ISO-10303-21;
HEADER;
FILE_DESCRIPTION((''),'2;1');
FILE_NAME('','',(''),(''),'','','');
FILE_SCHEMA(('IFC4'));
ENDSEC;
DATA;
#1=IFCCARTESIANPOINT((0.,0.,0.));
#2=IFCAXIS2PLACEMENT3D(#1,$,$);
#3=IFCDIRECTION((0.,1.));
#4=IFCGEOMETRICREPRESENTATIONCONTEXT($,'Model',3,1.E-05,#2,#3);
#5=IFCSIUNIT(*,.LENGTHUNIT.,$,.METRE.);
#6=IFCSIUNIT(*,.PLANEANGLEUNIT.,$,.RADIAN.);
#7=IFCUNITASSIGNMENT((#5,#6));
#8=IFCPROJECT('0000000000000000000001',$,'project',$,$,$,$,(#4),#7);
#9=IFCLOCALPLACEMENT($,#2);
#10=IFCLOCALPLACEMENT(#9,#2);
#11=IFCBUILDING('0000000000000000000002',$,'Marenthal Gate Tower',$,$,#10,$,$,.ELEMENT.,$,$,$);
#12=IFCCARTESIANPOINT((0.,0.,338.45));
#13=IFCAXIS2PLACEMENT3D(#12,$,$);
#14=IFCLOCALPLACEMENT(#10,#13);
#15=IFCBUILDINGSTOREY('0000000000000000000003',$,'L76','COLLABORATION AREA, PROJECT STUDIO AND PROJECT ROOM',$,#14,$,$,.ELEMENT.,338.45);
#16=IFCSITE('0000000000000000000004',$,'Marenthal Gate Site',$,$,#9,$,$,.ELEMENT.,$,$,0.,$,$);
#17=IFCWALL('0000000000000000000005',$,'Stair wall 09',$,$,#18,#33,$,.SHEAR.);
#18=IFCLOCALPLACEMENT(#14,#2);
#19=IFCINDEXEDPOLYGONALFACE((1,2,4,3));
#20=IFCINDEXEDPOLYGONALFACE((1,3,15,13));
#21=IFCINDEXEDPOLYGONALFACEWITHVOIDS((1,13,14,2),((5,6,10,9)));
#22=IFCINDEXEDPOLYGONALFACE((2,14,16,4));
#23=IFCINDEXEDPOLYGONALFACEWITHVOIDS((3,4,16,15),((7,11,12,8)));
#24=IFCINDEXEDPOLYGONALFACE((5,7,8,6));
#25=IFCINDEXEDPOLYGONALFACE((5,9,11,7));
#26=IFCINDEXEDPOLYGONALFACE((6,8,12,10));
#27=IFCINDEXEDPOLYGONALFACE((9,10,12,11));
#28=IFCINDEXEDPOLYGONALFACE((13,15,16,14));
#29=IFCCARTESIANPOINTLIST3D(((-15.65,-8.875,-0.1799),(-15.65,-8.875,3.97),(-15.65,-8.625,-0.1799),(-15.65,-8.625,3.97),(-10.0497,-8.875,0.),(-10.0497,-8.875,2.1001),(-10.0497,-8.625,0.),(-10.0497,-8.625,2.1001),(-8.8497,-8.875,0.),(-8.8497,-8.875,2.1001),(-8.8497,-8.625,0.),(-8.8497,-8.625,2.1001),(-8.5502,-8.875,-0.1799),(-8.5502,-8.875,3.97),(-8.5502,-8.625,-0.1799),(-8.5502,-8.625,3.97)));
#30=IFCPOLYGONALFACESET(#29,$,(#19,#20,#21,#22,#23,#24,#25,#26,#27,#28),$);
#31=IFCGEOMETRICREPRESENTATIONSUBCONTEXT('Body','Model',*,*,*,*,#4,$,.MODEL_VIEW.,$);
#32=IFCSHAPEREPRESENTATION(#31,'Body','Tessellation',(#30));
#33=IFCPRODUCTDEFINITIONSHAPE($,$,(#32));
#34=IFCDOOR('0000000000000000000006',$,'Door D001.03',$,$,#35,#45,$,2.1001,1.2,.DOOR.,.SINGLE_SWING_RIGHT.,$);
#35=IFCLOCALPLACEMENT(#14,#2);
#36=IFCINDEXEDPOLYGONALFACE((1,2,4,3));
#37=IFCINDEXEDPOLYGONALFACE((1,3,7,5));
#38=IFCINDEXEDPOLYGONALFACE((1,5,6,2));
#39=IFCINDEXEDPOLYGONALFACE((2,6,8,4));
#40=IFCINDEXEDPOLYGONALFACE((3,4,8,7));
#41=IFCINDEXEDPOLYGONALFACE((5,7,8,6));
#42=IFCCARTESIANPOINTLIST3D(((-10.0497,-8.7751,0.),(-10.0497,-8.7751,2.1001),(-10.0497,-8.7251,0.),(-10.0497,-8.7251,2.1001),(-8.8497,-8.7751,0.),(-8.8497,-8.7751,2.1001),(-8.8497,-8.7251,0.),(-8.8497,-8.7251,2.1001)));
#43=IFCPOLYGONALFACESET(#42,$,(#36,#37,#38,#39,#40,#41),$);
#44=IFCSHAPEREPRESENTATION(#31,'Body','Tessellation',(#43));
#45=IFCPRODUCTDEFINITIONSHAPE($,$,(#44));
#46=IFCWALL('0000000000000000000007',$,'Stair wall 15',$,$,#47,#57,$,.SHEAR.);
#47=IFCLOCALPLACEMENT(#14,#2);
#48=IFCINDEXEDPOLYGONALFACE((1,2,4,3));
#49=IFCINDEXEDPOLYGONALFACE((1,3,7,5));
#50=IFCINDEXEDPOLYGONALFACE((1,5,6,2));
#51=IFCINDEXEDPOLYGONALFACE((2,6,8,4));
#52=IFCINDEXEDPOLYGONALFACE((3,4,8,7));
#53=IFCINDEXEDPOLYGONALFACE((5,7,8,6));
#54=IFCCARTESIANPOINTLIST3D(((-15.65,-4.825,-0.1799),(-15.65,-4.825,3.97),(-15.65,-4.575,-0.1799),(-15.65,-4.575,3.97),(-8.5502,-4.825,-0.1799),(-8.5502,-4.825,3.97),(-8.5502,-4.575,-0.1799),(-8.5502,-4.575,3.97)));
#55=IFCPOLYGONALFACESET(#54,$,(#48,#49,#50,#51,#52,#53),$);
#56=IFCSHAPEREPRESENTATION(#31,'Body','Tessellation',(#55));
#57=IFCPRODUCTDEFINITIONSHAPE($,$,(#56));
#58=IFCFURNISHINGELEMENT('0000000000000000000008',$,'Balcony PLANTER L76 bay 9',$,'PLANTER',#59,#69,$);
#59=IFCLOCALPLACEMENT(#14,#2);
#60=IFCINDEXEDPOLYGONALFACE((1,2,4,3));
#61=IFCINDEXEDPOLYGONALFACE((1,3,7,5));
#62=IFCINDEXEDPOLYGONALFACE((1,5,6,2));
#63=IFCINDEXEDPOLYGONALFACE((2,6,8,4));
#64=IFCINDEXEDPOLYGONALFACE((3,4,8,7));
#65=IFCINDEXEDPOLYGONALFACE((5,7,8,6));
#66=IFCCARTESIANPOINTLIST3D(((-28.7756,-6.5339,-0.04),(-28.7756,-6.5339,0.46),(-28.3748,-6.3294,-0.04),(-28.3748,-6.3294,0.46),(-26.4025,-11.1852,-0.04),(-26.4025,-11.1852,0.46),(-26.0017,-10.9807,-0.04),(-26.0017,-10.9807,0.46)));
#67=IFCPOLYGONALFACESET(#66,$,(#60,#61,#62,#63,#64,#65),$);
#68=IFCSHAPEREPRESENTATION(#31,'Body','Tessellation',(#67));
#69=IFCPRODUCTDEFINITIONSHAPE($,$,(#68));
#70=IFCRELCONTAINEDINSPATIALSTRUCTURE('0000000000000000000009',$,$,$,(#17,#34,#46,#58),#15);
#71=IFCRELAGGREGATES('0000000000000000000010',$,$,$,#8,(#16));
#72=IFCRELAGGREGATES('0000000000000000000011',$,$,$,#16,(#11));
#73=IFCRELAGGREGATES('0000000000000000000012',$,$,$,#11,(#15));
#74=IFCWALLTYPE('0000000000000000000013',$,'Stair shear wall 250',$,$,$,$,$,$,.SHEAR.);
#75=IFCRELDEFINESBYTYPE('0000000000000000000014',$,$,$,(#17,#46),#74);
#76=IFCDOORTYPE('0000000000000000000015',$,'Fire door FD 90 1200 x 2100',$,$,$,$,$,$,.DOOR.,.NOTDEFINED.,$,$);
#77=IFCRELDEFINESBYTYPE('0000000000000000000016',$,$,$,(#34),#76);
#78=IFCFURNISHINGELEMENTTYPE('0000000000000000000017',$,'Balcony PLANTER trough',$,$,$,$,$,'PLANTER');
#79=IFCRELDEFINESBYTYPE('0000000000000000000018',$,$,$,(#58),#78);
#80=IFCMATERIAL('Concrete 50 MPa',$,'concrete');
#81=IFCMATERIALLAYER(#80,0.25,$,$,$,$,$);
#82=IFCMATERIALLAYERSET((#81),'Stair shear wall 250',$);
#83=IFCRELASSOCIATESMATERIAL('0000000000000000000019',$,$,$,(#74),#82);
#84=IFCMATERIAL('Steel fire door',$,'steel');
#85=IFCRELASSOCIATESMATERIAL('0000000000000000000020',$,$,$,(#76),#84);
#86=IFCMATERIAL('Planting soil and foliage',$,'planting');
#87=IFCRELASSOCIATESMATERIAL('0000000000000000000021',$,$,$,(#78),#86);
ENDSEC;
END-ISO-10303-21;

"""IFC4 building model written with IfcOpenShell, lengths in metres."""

from ifc_helpers import new_model, si_unit, direction, frame, frame_2d, origin, origin_2d, place, context, subcontext, project, spatial, rectangle, extrude, material, layer, layer_set, type_object, element, fill, save


model = new_model("IFC4")

# Units and contexts
model_context = context("Model", 3, precision=1e-05, world=origin(), true_north=direction((0.0, 1.0)))
body_context = subcontext(model_context, "Body", "Model", "MODEL_VIEW")
ifc_project = project(units=[si_unit("LENGTHUNIT", "METRE"), si_unit("PLANEANGLEUNIT", "RADIAN")], contexts=[model_context])

# Site, building, storey
site_placement = place(None, origin())
site = spatial("IfcSite", under=ifc_project, at=site_placement, Name="Marenthal Gate Site", CompositionType="ELEMENT", RefElevation=0.0)
building_placement = place(site_placement, origin())
building = spatial("IfcBuilding", under=site, at=building_placement, Name="Marenthal Gate Tower", CompositionType="ELEMENT")
storey_placement = place(building_placement, frame((0.0, 0.0, 338.45)))
storey = spatial("IfcBuildingStorey", under=building, at=storey_placement, Name="L76", Description="COLLABORATION AREA, PROJECT STUDIO AND PROJECT ROOM", CompositionType="ELEMENT", Elevation=338.45)

# Wall, opening, door
ifc_material_1 = material(Name="Concrete 50 MPa", Category="concrete")
ifc_layer_1 = layer(ifc_material_1, 0.25)
ifc_layer_set_1 = layer_set([ifc_layer_1], Name="Stair shear wall 250")
wall_type_1 = type_object("IfcWallType", Name="Stair shear wall 250", PredefinedType="SHEAR", material=ifc_layer_set_1)
wall_1_placement = place(storey_placement, frame((-15.6499, -8.75, -0.1799), z_axis=(0.0, 0.0, 1.0), x_axis=(1.0, 0.0, 0.0)))
wall_1 = element("IfcWall", 1, at=wall_1_placement, inside=storey, type_object=wall_type_1, Name="Stair wall 09", PredefinedType="SHEAR", context=body_context, shape_type="SweptSolid", body=[
    extrude(rectangle(XDim=7.0999, YDim=0.25, at=frame_2d((3.5498, 0.0))), origin(), (0.0, 0.0, 1.0), 4.1499),
])
opening_1_placement = place(wall_1_placement, frame((5.6001, 0.0, 0.1799)))
opening_1 = element("IfcOpeningElement", 2, at=opening_1_placement, cuts=wall_1, PredefinedType="OPENING", context=body_context, shape_type="SweptSolid", body=[
    extrude(rectangle(XDim=1.2, YDim=2.1001, at=frame_2d((0.6001, 1.05))), frame((0.0, 0.135, 0.0), z_axis=(0.0, -1.0, 0.0), x_axis=(1.0, 0.0, 0.0)), (0.0, 0.0, 1.0), 0.27),
])
ifc_material_2 = material(Name="Steel fire door", Category="steel")
door_type_1 = type_object("IfcDoorType", Name="Fire door FD 90 1200 x 2100", OperationType="NOTDEFINED", PredefinedType="DOOR", material=ifc_material_2)
door_1_placement = place(opening_1_placement, origin())
door_1 = element("IfcDoor", 3, at=door_1_placement, inside=storey, type_object=door_type_1, Name="Door D001.03", OperationType="SINGLE_SWING_RIGHT", OverallHeight=2.1001, OverallWidth=1.2, PredefinedType="DOOR", context=body_context, shape_type="SweptSolid", body=[
    extrude(rectangle(XDim=1.2, YDim=2.1001, at=frame_2d((0.6001, 1.05))), frame((0.0, 0.0249, 0.0), z_axis=(0.0, -1.0, 0.0), x_axis=(1.0, 0.0, 0.0)), (0.0, 0.0, 1.0), 0.05),
])
fill(opening_1, door_1)

# Wall
wall_2_placement = place(storey_placement, frame((-15.6499, -4.7, -0.1799), z_axis=(0.0, 0.0, 1.0), x_axis=(1.0, 0.0, 0.0)))
element("IfcWall", 4, at=wall_2_placement, inside=storey, type_object=wall_type_1, Name="Stair wall 15", PredefinedType="SHEAR", context=body_context, shape_type="SweptSolid", body=[
    extrude(rectangle(XDim=7.0999, YDim=0.25, at=frame_2d((3.5498, 0.0))), origin(), (0.0, 0.0, 1.0), 4.1499),
])

# Furnishing element
ifc_material_3 = material(Name="Planting soil and foliage", Category="planting")
furnishing_element_type = type_object("IfcFurnishingElementType", Name="Balcony PLANTER trough", ElementType="PLANTER", material=ifc_material_3)
furnishing_placement = place(storey_placement, frame((-27.3887, -8.7573, -0.04), z_axis=(0.0, 0.0, 1.0), x_axis=(0.454476, -0.890759, 0.0)))
element("IfcFurnishingElement", 5, at=furnishing_placement, inside=storey, type_object=furnishing_element_type, Name="Balcony PLANTER L76 bay 9", ObjectType="PLANTER", context=body_context, shape_type="SweptSolid", body=[
    extrude(rectangle(XDim=5.2217, YDim=0.45, at=origin_2d()), origin(), (0.0, 0.0, 1.0), 0.5),
])

save(model, "model.ifc")
